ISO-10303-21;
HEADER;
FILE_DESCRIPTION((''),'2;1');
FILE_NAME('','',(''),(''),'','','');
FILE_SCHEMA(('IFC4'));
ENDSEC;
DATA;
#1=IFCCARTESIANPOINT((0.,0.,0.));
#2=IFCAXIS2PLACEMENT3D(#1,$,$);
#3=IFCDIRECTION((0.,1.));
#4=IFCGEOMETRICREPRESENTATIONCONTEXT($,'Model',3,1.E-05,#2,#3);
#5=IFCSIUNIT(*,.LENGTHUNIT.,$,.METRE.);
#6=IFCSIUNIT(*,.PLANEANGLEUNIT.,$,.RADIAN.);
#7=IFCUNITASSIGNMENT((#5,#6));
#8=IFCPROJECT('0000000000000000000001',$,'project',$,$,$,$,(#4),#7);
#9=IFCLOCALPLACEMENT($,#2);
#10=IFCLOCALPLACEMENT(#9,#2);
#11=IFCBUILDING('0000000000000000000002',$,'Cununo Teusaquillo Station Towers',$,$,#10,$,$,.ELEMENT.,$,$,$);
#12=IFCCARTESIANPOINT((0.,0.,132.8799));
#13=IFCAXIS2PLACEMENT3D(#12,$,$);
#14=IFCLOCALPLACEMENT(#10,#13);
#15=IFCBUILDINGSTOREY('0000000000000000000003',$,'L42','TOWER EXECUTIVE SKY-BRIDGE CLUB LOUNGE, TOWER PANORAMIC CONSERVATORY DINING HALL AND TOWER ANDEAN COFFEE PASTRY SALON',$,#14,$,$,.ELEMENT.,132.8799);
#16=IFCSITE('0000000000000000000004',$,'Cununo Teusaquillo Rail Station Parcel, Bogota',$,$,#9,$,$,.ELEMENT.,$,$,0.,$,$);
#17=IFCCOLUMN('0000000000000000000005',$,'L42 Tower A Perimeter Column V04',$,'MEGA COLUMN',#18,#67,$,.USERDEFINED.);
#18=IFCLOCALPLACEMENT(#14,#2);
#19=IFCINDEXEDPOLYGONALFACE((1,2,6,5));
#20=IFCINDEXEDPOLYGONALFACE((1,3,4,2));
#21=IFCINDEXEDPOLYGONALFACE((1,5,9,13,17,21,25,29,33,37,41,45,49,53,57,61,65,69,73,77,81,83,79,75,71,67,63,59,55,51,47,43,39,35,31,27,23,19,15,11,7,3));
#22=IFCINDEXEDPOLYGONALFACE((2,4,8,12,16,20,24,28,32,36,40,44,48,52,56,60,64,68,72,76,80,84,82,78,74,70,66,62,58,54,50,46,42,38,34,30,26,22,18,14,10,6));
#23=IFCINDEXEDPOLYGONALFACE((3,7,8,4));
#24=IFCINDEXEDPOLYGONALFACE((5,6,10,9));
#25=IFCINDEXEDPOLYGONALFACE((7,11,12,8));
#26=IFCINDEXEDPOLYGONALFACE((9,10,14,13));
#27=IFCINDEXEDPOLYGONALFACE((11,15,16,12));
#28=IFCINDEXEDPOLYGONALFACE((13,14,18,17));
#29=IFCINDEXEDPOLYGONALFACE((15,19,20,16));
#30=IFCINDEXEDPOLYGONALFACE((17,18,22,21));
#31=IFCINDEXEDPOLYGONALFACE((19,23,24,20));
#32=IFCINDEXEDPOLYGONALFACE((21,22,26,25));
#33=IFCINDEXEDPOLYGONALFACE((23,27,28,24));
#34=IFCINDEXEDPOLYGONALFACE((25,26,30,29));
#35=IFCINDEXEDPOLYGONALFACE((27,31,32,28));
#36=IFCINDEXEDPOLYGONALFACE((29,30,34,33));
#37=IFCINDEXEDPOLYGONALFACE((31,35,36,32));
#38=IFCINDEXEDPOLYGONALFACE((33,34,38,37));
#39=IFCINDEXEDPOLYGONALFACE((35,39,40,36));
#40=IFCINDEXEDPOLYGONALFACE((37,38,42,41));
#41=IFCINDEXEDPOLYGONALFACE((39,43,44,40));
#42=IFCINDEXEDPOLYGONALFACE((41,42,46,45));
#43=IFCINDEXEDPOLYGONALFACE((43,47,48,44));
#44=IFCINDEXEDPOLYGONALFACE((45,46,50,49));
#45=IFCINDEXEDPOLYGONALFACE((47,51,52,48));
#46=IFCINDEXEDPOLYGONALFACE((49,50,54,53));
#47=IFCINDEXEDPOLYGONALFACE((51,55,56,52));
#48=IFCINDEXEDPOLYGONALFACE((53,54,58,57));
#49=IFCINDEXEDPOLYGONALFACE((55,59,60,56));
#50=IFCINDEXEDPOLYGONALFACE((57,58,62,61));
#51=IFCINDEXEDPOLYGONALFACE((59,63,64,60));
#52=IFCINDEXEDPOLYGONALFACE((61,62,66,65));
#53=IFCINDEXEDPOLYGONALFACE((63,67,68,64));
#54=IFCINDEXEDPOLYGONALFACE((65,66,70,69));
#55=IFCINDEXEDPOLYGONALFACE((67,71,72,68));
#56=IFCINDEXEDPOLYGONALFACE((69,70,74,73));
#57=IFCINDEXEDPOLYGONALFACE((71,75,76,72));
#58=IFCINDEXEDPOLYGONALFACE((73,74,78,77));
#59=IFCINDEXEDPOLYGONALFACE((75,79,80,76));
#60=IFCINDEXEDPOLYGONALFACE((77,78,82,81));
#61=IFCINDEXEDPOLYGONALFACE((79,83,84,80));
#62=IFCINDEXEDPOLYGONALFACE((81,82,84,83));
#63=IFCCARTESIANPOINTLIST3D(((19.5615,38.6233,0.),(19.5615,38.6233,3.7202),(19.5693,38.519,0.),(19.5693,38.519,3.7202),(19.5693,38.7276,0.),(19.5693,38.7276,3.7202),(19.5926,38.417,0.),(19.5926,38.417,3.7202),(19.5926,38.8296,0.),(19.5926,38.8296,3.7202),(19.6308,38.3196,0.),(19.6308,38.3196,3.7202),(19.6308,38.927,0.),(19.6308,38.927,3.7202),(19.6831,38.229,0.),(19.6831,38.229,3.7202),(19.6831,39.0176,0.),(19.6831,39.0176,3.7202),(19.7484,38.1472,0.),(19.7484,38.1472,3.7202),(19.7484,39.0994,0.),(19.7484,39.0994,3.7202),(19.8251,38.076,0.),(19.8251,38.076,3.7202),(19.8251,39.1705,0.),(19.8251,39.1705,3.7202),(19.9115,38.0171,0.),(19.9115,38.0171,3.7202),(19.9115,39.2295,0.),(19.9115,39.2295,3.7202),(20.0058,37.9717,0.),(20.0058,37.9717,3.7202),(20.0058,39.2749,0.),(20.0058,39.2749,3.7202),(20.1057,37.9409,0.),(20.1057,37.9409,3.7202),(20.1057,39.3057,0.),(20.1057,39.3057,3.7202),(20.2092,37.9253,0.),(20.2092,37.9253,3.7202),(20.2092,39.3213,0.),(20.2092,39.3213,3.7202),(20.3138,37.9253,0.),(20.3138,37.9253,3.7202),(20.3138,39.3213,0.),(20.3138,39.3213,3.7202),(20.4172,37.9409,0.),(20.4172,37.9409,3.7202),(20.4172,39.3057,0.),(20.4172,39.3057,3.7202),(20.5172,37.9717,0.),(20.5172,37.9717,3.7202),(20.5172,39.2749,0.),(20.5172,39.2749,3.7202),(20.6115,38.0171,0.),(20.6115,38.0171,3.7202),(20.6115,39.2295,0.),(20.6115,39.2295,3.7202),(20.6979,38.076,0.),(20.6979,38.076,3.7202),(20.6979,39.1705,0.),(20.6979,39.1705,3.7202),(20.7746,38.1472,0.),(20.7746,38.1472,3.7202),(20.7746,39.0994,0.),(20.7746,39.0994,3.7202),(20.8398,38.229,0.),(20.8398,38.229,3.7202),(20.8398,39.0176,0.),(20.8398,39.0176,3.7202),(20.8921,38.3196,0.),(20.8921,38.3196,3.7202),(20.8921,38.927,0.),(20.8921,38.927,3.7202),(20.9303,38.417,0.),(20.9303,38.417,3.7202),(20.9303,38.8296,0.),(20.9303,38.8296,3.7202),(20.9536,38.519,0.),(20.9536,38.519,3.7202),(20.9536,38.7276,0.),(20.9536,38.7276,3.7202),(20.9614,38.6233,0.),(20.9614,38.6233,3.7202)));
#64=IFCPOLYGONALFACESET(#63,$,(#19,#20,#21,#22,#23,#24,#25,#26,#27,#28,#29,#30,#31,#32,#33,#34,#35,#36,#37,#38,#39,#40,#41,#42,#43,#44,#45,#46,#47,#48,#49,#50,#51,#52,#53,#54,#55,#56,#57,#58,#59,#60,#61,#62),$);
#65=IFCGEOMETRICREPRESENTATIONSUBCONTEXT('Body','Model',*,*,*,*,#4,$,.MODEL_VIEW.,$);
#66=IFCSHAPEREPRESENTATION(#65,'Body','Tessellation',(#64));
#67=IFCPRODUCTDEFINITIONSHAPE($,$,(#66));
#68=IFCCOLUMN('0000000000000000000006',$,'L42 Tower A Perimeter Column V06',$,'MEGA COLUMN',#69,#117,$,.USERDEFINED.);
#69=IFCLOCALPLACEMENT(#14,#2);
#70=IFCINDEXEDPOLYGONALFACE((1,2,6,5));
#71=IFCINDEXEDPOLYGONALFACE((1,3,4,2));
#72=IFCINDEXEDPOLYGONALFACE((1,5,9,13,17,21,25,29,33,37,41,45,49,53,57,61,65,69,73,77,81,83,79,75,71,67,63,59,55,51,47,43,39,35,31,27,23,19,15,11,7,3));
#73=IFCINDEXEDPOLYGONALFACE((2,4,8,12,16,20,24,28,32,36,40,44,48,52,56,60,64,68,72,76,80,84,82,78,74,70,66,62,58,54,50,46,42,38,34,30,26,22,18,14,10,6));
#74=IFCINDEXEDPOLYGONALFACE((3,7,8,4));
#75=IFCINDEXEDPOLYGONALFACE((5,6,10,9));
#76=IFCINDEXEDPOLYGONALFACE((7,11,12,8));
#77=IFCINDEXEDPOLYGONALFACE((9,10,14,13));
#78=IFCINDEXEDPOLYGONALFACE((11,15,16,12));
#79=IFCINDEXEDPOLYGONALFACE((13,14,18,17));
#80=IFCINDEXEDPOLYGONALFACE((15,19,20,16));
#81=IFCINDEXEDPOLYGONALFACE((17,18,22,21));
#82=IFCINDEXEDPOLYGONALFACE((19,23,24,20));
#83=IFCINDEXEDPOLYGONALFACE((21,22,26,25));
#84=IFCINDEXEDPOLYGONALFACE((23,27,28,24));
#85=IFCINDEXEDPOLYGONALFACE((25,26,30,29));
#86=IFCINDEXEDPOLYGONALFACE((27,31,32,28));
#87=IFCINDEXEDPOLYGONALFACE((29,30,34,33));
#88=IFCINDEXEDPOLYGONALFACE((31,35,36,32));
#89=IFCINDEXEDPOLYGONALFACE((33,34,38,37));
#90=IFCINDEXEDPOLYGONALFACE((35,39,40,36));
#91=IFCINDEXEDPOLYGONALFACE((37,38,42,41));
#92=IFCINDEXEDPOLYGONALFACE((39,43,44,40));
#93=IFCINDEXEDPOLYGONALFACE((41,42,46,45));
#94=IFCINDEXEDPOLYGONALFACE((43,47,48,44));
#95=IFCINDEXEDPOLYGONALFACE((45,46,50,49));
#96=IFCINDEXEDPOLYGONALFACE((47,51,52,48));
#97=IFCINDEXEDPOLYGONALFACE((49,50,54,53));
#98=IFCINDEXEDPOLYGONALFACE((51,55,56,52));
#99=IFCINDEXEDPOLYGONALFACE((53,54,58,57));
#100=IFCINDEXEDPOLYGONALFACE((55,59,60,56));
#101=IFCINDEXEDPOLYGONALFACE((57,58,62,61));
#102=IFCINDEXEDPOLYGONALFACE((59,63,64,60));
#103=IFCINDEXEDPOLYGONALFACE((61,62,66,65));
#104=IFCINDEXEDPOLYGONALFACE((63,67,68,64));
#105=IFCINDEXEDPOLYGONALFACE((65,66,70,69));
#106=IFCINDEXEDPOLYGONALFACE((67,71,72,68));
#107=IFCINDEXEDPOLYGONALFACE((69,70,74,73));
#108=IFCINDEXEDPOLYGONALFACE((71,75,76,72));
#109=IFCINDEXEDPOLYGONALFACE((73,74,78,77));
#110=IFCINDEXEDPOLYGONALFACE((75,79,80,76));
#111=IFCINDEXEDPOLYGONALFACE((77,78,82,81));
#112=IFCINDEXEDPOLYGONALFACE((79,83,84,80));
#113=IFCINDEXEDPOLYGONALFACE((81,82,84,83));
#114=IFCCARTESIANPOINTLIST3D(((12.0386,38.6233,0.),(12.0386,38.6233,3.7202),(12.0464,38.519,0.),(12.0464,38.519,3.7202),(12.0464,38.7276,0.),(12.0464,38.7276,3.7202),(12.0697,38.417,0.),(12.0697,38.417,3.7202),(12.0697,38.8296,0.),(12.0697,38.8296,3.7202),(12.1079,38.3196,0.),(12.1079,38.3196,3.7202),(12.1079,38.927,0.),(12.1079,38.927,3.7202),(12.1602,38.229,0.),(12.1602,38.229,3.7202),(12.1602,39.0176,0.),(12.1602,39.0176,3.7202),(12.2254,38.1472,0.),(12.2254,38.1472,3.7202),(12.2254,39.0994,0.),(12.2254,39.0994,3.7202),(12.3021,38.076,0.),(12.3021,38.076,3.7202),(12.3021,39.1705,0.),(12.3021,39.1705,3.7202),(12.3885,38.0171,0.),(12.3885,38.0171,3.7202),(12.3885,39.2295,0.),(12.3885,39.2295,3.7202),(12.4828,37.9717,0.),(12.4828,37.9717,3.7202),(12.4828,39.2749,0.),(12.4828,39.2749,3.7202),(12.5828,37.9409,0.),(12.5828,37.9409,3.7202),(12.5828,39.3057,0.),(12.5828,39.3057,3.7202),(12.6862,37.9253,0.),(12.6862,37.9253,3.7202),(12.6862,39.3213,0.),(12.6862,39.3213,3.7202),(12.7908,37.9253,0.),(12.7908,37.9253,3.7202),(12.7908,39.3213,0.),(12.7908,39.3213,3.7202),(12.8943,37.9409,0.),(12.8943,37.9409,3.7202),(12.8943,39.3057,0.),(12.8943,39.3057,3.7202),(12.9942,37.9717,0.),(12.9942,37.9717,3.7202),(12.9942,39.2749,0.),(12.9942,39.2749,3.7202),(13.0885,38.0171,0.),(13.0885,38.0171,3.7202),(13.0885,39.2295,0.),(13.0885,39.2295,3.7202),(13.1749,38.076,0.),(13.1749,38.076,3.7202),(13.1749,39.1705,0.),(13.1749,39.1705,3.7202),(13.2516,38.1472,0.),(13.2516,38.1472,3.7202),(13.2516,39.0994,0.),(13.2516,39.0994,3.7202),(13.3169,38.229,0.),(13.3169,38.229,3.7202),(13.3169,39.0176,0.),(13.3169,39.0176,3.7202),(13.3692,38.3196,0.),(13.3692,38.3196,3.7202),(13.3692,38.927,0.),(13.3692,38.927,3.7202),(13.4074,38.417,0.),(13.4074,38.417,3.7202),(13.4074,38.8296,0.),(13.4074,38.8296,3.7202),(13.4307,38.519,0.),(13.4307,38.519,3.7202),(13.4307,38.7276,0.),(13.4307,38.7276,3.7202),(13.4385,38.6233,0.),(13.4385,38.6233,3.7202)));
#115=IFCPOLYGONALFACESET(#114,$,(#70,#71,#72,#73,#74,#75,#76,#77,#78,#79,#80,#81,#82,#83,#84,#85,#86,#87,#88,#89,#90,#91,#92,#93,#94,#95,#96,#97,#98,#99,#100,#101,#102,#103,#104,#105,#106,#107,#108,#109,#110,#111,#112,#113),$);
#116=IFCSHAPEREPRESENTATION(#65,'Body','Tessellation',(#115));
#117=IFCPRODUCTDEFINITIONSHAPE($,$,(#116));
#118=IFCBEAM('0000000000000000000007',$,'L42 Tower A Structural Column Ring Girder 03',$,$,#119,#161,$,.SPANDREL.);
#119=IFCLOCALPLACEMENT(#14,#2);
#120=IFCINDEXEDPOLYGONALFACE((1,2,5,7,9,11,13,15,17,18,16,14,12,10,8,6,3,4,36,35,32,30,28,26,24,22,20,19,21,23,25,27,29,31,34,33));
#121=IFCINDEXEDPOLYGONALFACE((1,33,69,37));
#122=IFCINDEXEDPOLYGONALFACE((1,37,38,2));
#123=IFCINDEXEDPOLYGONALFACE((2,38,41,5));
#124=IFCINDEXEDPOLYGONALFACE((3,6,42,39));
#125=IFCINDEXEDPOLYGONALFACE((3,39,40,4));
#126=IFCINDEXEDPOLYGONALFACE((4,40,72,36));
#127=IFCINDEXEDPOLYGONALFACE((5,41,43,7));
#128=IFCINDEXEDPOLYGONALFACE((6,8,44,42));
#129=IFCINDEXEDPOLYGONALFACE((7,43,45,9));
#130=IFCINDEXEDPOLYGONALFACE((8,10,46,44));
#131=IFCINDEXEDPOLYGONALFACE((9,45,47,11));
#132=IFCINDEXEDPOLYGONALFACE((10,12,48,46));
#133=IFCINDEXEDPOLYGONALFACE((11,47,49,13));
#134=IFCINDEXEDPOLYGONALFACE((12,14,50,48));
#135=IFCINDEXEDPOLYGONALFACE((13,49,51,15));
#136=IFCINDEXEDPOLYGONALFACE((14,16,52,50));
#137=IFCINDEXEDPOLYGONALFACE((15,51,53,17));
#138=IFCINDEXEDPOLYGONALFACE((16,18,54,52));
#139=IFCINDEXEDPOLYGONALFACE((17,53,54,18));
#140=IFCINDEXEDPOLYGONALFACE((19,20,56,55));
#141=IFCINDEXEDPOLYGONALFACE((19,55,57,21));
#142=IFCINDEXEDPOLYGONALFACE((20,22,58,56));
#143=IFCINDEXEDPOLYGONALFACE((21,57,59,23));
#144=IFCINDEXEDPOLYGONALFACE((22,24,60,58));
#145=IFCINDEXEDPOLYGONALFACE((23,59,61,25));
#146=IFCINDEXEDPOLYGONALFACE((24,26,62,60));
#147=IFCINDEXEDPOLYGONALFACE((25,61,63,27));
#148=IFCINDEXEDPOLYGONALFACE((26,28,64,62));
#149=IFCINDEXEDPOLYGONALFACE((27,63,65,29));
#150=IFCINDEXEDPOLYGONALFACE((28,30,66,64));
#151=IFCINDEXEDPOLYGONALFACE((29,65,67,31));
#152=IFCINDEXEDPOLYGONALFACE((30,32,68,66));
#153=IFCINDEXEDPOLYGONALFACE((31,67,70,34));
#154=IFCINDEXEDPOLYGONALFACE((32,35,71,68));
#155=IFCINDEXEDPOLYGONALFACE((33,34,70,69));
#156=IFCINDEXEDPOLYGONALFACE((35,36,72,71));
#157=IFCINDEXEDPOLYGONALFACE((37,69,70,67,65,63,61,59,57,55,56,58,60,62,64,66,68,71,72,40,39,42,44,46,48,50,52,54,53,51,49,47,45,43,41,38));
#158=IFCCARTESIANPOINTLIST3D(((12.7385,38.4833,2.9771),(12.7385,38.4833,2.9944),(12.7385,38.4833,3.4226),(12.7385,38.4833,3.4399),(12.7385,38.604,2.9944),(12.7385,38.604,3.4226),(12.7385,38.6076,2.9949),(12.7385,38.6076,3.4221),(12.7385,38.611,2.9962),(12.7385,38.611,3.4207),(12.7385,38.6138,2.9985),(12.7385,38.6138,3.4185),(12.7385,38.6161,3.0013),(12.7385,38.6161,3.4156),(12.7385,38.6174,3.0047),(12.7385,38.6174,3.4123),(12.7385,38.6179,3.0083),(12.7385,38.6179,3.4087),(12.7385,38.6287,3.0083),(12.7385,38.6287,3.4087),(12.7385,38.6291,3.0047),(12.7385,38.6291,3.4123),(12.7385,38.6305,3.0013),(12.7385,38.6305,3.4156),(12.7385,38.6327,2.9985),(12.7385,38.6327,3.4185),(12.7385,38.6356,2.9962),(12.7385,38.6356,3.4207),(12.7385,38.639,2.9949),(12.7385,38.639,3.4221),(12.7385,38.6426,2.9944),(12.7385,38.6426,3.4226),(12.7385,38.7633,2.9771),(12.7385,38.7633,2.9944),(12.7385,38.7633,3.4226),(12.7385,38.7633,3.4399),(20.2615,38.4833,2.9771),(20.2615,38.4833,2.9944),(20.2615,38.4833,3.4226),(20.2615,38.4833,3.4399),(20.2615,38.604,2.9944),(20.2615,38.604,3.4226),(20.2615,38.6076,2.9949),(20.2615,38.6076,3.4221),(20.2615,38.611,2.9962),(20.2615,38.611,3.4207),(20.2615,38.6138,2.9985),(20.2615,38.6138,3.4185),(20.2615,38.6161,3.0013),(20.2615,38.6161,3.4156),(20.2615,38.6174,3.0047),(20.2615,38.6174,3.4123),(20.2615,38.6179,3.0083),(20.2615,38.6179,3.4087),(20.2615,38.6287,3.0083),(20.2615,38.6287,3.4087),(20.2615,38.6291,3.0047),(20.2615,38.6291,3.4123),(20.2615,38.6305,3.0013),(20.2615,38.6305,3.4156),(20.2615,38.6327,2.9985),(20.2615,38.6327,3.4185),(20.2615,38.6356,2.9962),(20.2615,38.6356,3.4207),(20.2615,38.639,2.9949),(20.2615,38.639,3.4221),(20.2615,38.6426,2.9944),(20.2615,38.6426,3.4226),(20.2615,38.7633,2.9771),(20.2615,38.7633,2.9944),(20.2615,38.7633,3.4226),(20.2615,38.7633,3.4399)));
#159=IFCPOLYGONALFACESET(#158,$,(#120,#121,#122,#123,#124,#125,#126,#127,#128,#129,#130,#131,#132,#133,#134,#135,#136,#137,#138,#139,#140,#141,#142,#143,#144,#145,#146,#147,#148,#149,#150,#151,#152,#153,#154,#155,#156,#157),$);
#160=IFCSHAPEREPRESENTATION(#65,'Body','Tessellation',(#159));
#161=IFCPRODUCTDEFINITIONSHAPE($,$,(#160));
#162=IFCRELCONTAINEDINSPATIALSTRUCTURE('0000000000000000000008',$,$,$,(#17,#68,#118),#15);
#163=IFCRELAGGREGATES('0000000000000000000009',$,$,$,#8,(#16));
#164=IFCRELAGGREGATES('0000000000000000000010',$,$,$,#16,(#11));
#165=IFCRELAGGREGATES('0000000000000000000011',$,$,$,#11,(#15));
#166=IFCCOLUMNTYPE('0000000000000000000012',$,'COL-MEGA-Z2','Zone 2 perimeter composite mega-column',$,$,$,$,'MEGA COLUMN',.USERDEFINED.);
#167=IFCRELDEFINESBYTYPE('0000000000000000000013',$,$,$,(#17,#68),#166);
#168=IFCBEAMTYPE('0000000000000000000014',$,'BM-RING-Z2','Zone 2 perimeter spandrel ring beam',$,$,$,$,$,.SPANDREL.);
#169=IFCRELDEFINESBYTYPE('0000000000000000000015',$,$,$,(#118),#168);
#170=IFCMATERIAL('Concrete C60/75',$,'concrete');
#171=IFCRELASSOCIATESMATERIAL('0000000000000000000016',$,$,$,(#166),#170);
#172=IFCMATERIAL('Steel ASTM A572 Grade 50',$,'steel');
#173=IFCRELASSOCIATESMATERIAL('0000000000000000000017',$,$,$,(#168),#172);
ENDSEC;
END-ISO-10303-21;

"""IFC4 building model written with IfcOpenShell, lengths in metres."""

from ifc_helpers import new_model, si_unit, direction, frame, origin, origin_2d, place, context, subcontext, project, spatial, circle, i_section, extrude, material, material_profile, profile_set, type_object, element, save


model = new_model("IFC4")

# Units and contexts
model_context = context("Model", 3, precision=1e-05, world=origin(), true_north=direction((0.0, 1.0)))
body_context = subcontext(model_context, "Body", "Model", "MODEL_VIEW")
ifc_project = project(units=[si_unit("LENGTHUNIT", "METRE"), si_unit("PLANEANGLEUNIT", "RADIAN")], contexts=[model_context])

# Site, building, storey
site_placement = place(None, origin())
site = spatial("IfcSite", under=ifc_project, at=site_placement, Name="Cununo Teusaquillo Rail Station Parcel, Bogota", CompositionType="ELEMENT", RefElevation=0.0)
building_placement = place(site_placement, origin())
building = spatial("IfcBuilding", under=site, at=building_placement, Name="Cununo Teusaquillo Station Towers", CompositionType="ELEMENT")
storey_placement = place(building_placement, frame((0.0, 0.0, 132.8799)))
storey = spatial("IfcBuildingStorey", under=building, at=storey_placement, Name="L42", Description="TOWER EXECUTIVE SKY-BRIDGE CLUB LOUNGE, TOWER PANORAMIC CONSERVATORY DINING HALL AND TOWER ANDEAN COFFEE PASTRY SALON", CompositionType="ELEMENT", Elevation=132.8799)

# Columns
ifc_material_1 = material(Name="Concrete C60/75", Category="concrete")
ifc_material_profile_1 = material_profile(ifc_material_1, circle(Radius=0.7, at=origin_2d()), Name="RC-CIRC-1400")
ifc_profile_set_1 = profile_set([ifc_material_profile_1], Name="Concrete C60/75")
column_type = type_object("IfcColumnType", Name="COL-MEGA-Z2", Description="Zone 2 perimeter composite mega-column", ElementType="MEGA COLUMN", PredefinedType="USERDEFINED", material=ifc_profile_set_1)
for number, where, z_axis, x_axis, name in (
    (1, (20.2615, 38.6233, 0.0), (0.0, 0.0, 1.0), (1.0, 0.0, 0.0), "L42 Tower A Perimeter Column V04"),
    (2, (12.7385, 38.6233, 0.0), (0.0, 0.0, 1.0), (1.0, 0.0, 0.0), "L42 Tower A Perimeter Column V06"),
):
    element("IfcColumn", number, at=place(storey_placement, frame(where, z_axis=z_axis, x_axis=x_axis)), inside=storey, type_object=column_type, Name=name, ObjectType="MEGA COLUMN", PredefinedType="USERDEFINED", context=body_context, shape_type="SweptSolid", body=[
        extrude(circle(Radius=0.7, at=origin_2d()), origin(), (0.0, 0.0, 1.0), 3.7202),
    ])

# Beam
ifc_material_2 = material(Name="Steel ASTM A572 Grade 50", Category="steel")
ifc_material_profile_2 = material_profile(ifc_material_2, i_section(OverallWidth=0.28, OverallDepth=0.4629, WebThickness=0.0107, FlangeThickness=0.0173, FilletRadius=0.0139, at=origin_2d()), Name="W18X76")
ifc_profile_set_2 = profile_set([ifc_material_profile_2], Name="Steel ASTM A572 Grade 50")
beam_type = type_object("IfcBeamType", Name="BM-RING-Z2", Description="Zone 2 perimeter spandrel ring beam", PredefinedType="SPANDREL", material=ifc_profile_set_2)
beam_1_placement = place(storey_placement, frame((20.2615, 38.6233, 3.2085), z_axis=(-1.0, 0.0, 0.0), x_axis=(0.0, -1.0, 0.0)))
element("IfcBeam", 3, at=beam_1_placement, inside=storey, type_object=beam_type, Name="L42 Tower A Structural Column Ring Girder 03", PredefinedType="SPANDREL", context=body_context, shape_type="SweptSolid", body=[
    extrude(i_section(OverallWidth=0.28, OverallDepth=0.4629, WebThickness=0.0107, FlangeThickness=0.0173, FilletRadius=0.0139, at=origin_2d()), origin(), (0.0, 0.0, 1.0), 7.5229),
])

save(model, "model.ifc")
